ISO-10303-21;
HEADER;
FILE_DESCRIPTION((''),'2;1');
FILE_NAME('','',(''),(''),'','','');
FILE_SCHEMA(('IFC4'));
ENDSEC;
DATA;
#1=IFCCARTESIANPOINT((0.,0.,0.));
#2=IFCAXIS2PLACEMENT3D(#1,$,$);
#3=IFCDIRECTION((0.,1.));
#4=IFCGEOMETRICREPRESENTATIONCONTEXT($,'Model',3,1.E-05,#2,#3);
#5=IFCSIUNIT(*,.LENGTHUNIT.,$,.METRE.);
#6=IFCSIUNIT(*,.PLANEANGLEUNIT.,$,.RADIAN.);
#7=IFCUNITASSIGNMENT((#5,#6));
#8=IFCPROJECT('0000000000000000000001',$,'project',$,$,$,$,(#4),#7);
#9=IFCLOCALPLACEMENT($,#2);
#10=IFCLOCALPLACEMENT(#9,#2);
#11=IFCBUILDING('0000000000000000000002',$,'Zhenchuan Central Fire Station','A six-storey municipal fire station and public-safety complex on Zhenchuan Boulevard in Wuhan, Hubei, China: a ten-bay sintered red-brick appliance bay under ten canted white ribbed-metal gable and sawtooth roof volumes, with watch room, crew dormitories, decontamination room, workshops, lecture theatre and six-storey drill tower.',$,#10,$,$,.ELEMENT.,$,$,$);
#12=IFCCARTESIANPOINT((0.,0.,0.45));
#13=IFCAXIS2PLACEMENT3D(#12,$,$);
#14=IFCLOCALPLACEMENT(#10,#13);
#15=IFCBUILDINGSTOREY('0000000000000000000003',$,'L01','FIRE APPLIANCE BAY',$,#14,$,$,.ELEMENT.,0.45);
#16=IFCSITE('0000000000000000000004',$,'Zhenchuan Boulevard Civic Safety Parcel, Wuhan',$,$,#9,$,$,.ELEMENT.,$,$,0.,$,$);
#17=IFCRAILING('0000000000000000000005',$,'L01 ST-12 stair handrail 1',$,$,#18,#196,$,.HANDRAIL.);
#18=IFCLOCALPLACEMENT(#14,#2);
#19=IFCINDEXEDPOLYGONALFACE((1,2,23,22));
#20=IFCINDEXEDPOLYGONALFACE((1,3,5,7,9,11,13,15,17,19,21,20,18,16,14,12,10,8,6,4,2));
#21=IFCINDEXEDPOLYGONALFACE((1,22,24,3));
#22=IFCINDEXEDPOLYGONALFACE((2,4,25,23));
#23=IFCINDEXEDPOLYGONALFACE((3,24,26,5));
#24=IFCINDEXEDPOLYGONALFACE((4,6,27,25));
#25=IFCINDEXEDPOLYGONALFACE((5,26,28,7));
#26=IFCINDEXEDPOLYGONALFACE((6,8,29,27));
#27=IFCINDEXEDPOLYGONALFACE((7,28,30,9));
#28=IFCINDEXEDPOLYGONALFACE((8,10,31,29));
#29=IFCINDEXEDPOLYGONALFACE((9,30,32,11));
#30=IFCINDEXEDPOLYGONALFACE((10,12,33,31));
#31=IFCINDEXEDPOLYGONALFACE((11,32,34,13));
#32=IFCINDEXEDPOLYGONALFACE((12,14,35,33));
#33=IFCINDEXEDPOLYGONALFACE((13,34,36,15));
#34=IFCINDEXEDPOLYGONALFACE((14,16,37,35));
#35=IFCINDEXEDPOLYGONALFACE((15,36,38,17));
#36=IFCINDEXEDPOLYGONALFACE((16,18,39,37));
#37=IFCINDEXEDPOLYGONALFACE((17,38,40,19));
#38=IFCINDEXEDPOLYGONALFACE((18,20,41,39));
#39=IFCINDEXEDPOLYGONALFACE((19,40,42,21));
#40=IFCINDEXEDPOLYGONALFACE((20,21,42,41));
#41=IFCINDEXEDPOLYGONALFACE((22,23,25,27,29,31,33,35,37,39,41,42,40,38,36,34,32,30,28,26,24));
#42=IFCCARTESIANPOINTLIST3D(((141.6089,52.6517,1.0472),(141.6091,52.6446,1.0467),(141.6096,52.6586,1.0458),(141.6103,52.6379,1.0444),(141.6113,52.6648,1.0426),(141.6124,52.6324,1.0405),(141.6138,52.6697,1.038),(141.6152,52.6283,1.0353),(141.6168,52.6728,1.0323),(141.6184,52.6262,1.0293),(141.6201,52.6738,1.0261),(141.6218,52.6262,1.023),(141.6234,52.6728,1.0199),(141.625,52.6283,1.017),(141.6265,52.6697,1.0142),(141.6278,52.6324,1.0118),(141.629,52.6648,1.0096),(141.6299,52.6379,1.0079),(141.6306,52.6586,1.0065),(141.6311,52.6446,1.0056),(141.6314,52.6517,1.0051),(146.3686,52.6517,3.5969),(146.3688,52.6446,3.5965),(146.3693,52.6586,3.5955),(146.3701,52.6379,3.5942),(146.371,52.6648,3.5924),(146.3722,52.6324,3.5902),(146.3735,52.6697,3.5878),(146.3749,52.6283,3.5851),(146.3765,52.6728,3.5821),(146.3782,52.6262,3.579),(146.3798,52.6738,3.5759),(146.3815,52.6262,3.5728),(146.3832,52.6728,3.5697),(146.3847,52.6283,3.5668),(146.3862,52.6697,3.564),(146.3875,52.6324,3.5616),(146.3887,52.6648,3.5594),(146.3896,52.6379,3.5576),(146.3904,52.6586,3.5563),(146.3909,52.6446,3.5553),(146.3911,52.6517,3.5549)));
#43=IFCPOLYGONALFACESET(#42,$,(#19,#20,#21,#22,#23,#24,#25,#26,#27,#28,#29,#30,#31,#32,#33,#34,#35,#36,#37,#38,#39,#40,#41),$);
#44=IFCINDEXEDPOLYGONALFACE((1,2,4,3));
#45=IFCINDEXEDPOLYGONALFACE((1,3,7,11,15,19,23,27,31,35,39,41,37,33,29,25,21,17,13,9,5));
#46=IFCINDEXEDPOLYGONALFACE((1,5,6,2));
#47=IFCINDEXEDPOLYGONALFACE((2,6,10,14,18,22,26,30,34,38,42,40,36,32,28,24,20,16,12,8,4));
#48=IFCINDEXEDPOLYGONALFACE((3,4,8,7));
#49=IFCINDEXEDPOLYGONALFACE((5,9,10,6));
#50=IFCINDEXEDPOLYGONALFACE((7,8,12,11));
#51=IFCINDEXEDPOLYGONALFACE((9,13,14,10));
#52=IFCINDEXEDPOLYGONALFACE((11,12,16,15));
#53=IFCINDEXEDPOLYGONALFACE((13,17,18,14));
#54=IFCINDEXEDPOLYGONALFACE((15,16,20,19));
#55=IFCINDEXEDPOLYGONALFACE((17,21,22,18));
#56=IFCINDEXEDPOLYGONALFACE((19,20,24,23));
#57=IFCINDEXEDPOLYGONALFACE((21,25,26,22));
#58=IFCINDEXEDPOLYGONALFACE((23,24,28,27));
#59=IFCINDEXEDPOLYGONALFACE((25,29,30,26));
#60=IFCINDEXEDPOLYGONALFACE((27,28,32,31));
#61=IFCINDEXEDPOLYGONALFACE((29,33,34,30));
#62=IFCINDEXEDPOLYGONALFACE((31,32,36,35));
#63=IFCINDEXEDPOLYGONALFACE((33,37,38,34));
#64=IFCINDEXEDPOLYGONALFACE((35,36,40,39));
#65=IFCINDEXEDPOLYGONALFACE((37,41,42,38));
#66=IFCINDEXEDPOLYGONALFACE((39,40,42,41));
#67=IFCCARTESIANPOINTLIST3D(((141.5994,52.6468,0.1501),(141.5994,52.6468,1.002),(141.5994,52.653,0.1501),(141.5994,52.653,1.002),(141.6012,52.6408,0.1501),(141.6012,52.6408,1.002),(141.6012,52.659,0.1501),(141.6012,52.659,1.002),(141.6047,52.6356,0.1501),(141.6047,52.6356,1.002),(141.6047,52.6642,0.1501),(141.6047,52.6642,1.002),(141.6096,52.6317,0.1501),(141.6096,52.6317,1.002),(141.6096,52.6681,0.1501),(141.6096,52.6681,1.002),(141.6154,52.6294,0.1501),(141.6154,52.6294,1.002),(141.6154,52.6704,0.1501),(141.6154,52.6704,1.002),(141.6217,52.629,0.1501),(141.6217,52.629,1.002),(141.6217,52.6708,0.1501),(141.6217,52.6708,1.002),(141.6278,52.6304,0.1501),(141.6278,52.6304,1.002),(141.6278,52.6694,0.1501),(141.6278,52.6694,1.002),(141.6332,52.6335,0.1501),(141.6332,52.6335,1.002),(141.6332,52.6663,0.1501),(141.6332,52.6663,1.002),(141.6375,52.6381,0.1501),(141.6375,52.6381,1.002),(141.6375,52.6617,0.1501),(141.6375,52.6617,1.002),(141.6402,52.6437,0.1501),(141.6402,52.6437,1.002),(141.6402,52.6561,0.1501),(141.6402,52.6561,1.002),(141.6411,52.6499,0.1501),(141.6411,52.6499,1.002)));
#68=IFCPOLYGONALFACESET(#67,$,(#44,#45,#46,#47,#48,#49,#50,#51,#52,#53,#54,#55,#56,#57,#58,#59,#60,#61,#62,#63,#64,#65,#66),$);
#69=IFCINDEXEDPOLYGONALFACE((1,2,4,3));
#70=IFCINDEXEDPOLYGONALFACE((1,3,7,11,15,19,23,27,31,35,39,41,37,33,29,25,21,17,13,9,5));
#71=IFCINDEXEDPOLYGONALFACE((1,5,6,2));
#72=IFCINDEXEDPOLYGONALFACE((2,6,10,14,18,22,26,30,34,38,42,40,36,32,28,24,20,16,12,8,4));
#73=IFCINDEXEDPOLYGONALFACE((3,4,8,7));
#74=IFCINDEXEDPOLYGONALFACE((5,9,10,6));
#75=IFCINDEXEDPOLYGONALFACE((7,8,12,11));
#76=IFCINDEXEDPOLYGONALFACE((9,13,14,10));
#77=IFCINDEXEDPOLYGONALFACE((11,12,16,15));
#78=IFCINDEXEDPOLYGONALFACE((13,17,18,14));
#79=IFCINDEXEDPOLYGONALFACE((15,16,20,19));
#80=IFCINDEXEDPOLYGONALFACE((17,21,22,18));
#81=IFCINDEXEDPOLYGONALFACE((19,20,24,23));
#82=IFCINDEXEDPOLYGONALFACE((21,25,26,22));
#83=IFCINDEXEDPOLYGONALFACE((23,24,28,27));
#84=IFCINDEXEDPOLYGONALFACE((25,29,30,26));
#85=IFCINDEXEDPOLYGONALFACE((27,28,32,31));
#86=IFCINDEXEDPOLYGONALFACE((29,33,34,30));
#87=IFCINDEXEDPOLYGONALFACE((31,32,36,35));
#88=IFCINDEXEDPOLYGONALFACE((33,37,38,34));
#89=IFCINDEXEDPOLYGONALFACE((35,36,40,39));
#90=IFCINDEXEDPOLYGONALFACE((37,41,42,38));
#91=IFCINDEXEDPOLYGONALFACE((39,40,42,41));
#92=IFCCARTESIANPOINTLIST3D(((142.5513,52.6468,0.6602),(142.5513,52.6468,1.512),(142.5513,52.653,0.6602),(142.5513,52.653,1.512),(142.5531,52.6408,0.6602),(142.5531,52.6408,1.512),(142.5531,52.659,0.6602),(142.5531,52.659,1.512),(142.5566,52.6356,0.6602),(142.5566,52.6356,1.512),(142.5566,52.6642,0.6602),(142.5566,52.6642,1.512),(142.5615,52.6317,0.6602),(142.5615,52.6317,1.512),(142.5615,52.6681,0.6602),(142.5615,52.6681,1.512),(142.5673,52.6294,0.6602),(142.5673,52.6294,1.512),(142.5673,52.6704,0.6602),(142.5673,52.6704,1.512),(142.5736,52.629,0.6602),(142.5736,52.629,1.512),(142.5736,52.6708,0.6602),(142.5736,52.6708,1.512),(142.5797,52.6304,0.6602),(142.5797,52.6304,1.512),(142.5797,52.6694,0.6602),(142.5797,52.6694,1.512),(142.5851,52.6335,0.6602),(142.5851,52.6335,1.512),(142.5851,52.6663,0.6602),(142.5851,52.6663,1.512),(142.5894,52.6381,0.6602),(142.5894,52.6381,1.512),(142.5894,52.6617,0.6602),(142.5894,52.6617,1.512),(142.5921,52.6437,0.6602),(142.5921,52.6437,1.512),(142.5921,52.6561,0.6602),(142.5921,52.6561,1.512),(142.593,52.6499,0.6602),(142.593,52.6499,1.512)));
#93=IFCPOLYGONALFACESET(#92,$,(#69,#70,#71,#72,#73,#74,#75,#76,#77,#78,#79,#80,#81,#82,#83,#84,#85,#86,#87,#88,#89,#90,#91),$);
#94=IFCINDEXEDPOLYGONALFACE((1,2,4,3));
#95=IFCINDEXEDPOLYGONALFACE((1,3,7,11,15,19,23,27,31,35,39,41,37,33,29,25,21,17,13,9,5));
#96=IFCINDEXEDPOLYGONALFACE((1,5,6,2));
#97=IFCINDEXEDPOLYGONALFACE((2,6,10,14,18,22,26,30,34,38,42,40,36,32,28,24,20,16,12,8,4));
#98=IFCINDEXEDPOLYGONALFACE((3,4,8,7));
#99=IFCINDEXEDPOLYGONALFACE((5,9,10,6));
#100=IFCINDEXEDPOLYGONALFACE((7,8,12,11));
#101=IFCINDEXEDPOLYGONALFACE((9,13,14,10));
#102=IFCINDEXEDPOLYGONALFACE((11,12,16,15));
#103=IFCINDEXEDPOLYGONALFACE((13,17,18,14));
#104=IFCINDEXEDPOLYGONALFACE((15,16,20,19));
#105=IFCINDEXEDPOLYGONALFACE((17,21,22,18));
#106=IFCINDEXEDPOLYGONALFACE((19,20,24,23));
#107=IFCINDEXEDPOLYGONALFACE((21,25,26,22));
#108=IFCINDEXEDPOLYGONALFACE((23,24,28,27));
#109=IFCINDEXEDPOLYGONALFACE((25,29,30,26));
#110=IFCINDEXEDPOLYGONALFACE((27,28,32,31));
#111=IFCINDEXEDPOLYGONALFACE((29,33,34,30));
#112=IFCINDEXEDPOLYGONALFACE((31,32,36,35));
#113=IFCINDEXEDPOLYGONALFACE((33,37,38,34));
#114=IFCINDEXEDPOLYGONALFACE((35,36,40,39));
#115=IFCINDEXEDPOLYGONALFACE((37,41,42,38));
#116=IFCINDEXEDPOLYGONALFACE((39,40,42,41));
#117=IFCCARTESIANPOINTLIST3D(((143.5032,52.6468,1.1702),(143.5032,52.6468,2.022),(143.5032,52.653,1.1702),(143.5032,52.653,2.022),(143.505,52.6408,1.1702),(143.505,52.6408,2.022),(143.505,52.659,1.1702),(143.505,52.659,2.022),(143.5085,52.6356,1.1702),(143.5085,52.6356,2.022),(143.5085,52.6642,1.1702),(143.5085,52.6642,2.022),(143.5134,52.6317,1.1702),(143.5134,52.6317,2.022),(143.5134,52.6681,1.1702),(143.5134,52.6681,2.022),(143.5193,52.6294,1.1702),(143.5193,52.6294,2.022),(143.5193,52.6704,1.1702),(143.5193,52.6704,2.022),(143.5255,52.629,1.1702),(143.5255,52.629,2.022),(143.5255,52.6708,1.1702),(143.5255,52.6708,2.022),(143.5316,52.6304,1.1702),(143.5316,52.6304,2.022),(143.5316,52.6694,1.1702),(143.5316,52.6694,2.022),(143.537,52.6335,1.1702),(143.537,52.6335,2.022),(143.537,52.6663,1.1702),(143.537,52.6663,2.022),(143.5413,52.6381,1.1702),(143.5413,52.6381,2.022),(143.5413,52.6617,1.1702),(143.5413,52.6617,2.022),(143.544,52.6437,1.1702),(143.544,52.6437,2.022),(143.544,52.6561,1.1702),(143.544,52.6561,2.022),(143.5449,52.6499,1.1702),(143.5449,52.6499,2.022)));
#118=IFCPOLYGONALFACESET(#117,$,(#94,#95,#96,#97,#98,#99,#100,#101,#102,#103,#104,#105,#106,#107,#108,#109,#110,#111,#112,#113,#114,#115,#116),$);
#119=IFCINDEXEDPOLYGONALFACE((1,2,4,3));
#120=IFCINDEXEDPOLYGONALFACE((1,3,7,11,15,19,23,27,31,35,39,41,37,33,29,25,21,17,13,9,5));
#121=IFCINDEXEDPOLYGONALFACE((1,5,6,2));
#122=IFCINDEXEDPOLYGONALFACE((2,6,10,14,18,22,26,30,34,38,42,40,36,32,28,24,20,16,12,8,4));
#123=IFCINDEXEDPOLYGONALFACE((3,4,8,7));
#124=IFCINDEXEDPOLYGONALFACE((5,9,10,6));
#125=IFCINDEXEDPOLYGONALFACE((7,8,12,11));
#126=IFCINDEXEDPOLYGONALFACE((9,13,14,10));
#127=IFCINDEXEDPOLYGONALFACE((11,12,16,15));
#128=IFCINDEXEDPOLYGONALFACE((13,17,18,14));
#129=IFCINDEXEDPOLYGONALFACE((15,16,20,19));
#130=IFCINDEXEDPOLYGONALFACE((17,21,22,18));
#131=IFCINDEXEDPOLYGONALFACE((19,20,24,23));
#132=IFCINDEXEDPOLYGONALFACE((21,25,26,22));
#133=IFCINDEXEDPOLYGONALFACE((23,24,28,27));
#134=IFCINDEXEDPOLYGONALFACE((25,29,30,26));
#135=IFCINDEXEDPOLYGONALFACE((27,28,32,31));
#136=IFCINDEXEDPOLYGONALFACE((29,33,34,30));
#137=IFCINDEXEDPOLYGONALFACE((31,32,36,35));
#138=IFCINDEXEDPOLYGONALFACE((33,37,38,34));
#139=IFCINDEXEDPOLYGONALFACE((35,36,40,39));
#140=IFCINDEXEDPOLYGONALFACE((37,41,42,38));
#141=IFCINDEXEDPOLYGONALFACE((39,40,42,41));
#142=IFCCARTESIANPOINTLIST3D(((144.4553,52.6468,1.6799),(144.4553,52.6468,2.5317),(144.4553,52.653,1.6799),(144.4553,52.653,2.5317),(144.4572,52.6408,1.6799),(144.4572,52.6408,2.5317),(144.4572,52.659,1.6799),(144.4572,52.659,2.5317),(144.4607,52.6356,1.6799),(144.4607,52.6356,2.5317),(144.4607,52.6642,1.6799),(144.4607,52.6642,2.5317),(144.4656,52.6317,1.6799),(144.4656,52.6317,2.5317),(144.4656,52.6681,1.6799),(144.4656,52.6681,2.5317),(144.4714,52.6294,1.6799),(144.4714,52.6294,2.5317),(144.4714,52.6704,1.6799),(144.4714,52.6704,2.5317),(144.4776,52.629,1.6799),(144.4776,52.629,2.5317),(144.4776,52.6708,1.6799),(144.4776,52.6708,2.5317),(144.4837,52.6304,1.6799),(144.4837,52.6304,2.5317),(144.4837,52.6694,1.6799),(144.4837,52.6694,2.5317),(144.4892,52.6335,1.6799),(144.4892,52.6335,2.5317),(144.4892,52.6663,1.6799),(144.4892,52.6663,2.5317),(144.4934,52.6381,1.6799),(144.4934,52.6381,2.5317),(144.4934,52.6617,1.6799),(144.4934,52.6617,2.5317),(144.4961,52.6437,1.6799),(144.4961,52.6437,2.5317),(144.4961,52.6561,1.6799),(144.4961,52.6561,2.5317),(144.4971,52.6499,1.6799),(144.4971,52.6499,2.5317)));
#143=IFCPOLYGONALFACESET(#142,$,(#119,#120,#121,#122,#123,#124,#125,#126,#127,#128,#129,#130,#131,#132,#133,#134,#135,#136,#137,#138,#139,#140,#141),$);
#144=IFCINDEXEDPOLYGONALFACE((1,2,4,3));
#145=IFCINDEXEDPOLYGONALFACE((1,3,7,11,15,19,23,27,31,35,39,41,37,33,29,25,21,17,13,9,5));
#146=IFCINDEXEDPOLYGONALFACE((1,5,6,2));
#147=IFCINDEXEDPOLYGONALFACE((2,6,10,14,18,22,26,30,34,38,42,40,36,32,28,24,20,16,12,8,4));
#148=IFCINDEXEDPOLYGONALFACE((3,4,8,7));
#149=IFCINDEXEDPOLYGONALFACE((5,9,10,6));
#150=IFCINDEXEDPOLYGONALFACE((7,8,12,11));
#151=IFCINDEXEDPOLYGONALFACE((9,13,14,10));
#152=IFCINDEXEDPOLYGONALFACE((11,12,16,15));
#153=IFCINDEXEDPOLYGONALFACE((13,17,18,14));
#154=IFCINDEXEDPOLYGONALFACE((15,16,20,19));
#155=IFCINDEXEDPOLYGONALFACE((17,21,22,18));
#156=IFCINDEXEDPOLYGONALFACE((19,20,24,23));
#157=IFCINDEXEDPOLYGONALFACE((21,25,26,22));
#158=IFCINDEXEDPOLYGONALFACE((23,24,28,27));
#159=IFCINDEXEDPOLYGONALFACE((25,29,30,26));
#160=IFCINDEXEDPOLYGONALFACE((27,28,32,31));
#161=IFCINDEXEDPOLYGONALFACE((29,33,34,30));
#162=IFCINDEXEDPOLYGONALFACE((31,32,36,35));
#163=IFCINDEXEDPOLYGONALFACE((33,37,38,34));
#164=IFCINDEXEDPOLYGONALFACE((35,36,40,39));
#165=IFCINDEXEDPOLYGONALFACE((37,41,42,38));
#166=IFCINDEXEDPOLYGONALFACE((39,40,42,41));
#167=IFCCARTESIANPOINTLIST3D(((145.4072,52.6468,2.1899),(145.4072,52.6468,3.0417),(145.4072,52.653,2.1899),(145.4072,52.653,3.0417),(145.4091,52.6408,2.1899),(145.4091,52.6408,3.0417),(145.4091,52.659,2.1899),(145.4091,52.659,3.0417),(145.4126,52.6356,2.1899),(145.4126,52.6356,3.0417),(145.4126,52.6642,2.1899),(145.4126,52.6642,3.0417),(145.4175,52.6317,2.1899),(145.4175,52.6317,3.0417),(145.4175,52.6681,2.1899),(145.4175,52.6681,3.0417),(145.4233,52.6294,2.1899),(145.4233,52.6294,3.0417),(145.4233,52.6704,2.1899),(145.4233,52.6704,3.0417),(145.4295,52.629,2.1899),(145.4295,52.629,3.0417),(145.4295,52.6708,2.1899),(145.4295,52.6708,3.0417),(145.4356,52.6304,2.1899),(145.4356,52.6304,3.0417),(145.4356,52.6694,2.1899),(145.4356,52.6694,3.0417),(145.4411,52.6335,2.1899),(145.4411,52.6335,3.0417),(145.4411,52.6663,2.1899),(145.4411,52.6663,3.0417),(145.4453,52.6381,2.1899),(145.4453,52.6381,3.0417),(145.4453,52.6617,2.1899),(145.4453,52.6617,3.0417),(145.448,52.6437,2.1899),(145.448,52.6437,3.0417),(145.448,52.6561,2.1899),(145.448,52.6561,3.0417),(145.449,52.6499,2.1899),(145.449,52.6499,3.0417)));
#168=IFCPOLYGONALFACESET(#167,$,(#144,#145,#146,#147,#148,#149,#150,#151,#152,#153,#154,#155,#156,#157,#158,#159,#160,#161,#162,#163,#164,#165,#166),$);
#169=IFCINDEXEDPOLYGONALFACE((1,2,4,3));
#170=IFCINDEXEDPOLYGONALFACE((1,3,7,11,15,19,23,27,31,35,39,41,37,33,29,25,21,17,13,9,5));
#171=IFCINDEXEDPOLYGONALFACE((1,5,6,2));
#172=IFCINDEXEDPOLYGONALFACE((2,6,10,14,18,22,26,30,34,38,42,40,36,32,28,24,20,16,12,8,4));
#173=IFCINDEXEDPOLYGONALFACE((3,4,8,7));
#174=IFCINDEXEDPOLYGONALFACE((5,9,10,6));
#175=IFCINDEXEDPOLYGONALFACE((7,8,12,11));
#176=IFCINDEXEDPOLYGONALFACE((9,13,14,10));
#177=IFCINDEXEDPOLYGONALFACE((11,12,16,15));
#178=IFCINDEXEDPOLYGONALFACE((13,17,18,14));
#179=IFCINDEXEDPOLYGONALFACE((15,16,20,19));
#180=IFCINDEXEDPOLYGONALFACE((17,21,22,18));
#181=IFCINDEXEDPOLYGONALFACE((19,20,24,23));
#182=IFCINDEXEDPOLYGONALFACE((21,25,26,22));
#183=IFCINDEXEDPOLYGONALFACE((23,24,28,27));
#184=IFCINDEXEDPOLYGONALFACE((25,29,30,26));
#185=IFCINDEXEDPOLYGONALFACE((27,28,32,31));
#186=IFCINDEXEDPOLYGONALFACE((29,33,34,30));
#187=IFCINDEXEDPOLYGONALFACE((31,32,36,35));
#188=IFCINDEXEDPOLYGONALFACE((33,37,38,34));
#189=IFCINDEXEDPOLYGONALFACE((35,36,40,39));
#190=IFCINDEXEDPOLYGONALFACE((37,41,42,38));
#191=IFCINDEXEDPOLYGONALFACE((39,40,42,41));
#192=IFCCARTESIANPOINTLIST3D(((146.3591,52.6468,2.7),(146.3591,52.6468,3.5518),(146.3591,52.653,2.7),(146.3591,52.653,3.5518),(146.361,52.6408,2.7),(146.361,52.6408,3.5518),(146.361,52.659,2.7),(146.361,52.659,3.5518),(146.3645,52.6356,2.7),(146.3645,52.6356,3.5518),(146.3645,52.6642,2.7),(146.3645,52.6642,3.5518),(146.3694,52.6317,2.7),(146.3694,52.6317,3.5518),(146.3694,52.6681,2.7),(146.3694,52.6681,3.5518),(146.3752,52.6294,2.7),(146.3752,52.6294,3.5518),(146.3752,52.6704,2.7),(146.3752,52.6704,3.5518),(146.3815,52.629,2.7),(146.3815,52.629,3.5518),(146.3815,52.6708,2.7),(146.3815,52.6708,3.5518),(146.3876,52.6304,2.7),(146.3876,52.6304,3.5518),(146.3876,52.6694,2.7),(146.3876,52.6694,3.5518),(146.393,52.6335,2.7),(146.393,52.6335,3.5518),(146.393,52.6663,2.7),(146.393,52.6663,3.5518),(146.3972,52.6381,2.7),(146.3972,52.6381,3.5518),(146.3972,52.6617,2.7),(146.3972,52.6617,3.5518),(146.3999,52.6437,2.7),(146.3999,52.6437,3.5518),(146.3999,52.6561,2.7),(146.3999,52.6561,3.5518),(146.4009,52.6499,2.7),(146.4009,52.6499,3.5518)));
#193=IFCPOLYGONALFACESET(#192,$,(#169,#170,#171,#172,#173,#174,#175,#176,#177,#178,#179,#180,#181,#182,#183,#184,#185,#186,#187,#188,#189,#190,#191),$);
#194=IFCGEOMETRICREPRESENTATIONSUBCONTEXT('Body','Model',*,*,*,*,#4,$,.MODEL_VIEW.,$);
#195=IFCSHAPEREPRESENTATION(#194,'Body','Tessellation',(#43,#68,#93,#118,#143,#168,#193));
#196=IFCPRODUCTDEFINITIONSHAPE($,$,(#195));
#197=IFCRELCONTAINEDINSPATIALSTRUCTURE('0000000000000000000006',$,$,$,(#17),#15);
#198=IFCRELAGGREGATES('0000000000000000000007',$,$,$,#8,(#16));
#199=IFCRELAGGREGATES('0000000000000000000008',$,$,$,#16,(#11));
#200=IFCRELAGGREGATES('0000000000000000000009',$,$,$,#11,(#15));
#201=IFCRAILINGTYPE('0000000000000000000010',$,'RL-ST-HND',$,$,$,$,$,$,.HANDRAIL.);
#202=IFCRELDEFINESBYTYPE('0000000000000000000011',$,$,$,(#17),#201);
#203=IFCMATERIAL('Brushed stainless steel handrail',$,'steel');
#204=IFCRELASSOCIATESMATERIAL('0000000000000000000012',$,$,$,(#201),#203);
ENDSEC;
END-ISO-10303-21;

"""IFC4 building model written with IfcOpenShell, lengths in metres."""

from ifc_helpers import new_model, si_unit, direction, frame, origin, origin_2d, place, context, subcontext, project, spatial, circle, extrude, material, type_object, element, save


model = new_model("IFC4")

# Units and contexts
model_context = context("Model", 3, precision=1e-05, world=origin(), true_north=direction((0.0, 1.0)))
body_context = subcontext(model_context, "Body", "Model", "MODEL_VIEW")
ifc_project = project(units=[si_unit("LENGTHUNIT", "METRE"), si_unit("PLANEANGLEUNIT", "RADIAN")], contexts=[model_context])

# Site, building, storey
site_placement = place(None, origin())
site = spatial("IfcSite", under=ifc_project, at=site_placement, Name="Zhenchuan Boulevard Civic Safety Parcel, Wuhan", CompositionType="ELEMENT", RefElevation=0.0)
building_placement = place(site_placement, origin())
building = spatial("IfcBuilding", under=site, at=building_placement, Name="Zhenchuan Central Fire Station", Description="A six-storey municipal fire station and public-safety complex on Zhenchuan Boulevard in Wuhan, Hubei, China: a ten-bay sintered red-brick appliance bay under ten canted white ribbed-metal gable and sawtooth roof volumes, with watch room, crew dormitories, decontamination room, workshops, lecture theatre and six-storey drill tower.", CompositionType="ELEMENT")
storey_placement = place(building_placement, frame((0.0, 0.0, 0.45)))
storey = spatial("IfcBuildingStorey", under=building, at=storey_placement, Name="L01", Description="FIRE APPLIANCE BAY", CompositionType="ELEMENT", Elevation=0.45)

# Railing
ifc_material_1 = material(Name="Brushed stainless steel handrail", Category="steel")
railing_type = type_object("IfcRailingType", Name="RL-ST-HND", PredefinedType="HANDRAIL", material=ifc_material_1)
railing_placement = place(storey_placement, frame((141.6201, 52.6499, 0.1501)))
element("IfcRailing", 1, at=railing_placement, inside=storey, type_object=railing_type, Name="L01 ST-12 stair handrail 1", PredefinedType="HANDRAIL", context=body_context, shape_type="SweptSolid", body=[
    extrude(circle(Radius=0.0239, at=origin_2d()), frame((0.0, 0.0, 0.876), z_axis=(0.881485, 0.0, 0.472211), x_axis=(0.0, 1.0, 0.0)), (0.0, 0.0, 1.0), 5.3997),
    extrude(circle(Radius=0.021, at=origin_2d()), origin(), (0.0, 0.0, 1.0), 0.8518),
    extrude(circle(Radius=0.021, at=origin_2d()), frame((0.9519, 0.0, 0.51)), (0.0, 0.0, 1.0), 0.8518),
    extrude(circle(Radius=0.021, at=origin_2d()), frame((1.9038, 0.0, 1.02)), (0.0, 0.0, 1.0), 0.8518),
    extrude(circle(Radius=0.021, at=origin_2d()), frame((2.856, 0.0, 1.5298)), (0.0, 0.0, 1.0), 0.8518),
    extrude(circle(Radius=0.021, at=origin_2d()), frame((3.8079, 0.0, 2.0398)), (0.0, 0.0, 1.0), 0.8518),
    extrude(circle(Radius=0.021, at=origin_2d()), frame((4.7598, 0.0, 2.5498)), (0.0, 0.0, 1.0), 0.8518),
])

save(model, "model.ifc")
